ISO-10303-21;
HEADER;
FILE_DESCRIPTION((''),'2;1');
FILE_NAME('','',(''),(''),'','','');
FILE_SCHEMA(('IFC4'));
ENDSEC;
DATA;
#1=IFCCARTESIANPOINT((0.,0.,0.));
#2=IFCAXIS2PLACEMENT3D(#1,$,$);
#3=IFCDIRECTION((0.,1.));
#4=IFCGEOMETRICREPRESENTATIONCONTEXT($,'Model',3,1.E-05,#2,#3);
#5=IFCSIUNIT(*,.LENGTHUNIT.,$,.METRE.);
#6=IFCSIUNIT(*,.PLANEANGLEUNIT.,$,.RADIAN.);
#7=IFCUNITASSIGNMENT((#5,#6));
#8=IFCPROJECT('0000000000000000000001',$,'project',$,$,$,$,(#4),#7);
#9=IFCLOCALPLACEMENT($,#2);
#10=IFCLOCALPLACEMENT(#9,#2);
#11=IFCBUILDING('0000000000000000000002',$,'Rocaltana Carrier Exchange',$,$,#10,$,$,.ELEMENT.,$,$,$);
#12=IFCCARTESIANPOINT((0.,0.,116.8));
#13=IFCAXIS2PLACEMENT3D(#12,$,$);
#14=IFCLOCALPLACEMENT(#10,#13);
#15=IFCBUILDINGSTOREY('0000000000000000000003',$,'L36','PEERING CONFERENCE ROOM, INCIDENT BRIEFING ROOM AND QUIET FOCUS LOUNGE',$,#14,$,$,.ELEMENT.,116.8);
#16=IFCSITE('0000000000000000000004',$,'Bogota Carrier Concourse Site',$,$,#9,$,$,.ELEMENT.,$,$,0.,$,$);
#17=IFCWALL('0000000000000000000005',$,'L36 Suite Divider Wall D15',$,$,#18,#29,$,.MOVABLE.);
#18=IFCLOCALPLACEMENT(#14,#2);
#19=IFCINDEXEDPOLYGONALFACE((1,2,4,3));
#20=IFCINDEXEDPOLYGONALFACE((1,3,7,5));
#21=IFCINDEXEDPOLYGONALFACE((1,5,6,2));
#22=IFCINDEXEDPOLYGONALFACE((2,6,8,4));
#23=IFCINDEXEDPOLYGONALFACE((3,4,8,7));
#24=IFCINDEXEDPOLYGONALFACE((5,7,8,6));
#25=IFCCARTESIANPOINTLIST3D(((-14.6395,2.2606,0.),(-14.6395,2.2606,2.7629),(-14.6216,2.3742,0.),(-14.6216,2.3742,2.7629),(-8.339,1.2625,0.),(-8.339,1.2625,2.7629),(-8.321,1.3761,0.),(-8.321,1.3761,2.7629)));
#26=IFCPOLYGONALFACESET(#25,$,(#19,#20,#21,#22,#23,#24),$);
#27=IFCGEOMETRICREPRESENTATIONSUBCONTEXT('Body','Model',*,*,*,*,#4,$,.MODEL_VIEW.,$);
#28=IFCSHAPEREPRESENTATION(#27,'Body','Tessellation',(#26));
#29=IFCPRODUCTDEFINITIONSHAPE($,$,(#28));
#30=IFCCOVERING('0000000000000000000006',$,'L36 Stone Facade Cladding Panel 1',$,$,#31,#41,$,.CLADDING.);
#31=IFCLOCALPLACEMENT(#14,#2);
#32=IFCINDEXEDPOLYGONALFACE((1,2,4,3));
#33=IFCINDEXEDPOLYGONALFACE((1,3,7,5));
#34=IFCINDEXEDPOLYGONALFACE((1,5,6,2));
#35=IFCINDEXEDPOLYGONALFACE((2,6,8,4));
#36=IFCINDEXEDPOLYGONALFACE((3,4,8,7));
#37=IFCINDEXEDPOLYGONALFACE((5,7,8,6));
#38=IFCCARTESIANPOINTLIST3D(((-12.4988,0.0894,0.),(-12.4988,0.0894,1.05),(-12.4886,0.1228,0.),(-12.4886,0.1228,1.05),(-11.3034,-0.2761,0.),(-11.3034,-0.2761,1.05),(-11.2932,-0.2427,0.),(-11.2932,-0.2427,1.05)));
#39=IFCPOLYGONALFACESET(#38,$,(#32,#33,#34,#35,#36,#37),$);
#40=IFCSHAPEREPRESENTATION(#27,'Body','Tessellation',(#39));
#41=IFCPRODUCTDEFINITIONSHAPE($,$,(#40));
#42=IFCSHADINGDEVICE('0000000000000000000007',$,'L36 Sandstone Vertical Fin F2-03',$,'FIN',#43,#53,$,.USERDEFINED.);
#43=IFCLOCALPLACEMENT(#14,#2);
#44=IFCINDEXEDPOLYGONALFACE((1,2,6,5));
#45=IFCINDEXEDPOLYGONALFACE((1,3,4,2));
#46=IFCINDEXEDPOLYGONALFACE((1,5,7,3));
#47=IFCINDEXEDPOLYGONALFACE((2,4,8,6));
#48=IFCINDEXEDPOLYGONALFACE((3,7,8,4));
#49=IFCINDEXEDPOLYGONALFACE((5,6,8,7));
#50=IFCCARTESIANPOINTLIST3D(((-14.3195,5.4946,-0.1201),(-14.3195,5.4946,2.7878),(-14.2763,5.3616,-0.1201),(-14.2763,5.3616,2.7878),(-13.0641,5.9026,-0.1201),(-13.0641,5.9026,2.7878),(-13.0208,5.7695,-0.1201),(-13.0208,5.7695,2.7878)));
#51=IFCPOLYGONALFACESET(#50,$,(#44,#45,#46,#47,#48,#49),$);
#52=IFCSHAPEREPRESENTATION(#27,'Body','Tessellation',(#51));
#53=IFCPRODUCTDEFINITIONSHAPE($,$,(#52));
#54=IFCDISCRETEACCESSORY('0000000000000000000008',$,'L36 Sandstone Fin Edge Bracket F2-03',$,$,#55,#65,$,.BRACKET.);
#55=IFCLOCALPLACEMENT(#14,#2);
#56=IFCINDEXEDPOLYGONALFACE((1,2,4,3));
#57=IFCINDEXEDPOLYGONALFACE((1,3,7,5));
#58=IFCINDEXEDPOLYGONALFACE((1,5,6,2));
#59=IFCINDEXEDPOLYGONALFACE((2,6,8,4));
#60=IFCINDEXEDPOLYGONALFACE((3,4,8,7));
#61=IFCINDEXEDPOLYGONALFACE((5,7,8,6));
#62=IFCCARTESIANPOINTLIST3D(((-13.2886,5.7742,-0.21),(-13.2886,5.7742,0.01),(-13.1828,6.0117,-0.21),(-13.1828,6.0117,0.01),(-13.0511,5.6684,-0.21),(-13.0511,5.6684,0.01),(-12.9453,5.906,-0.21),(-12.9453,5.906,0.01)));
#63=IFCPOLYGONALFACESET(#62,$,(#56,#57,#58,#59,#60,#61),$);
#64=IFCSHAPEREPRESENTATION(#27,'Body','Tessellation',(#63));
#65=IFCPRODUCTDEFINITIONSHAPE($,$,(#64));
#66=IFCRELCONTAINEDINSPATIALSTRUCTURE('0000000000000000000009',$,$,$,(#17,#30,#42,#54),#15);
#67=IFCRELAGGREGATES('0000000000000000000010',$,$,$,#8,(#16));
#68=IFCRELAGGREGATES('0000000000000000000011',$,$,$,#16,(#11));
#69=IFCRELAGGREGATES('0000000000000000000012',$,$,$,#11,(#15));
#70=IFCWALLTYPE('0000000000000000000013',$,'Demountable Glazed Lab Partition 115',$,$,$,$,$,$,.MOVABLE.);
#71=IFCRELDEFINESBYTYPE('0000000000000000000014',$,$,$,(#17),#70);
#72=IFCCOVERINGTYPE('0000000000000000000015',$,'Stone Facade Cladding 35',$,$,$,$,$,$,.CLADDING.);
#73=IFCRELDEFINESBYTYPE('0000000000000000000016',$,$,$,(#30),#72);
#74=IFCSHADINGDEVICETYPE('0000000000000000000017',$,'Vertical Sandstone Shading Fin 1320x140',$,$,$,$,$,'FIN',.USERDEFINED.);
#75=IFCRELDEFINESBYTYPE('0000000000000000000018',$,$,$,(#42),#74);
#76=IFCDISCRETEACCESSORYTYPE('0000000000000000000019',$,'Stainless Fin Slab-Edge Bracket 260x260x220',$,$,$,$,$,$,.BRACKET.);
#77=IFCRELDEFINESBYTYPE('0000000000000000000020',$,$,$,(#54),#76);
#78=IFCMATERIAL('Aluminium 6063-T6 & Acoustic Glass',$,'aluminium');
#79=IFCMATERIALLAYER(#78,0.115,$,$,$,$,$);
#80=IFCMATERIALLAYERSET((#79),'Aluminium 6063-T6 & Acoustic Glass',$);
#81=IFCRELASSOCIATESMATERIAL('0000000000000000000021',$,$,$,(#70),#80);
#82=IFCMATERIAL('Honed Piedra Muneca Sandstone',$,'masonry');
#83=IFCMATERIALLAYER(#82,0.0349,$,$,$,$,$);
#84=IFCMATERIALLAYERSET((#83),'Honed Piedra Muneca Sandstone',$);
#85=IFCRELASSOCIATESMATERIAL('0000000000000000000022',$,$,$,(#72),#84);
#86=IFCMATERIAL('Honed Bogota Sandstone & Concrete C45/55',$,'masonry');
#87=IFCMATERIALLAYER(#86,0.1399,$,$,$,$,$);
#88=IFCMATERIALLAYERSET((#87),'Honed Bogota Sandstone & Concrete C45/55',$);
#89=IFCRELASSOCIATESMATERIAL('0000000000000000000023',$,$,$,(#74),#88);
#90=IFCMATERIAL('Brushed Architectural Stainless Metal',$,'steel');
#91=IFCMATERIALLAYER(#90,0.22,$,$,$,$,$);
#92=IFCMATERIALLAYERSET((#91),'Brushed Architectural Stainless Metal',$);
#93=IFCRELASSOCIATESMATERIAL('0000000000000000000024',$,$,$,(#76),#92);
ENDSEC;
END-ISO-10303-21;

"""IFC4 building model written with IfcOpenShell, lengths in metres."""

from ifc_helpers import new_model, si_unit, direction, frame, frame_2d, origin, origin_2d, place, context, subcontext, project, spatial, rectangle, extrude, material, layer, layer_set, type_object, element, save


model = new_model("IFC4")

# Units and contexts
model_context = context("Model", 3, precision=1e-05, world=origin(), true_north=direction((0.0, 1.0)))
body_context = subcontext(model_context, "Body", "Model", "MODEL_VIEW")
ifc_project = project(units=[si_unit("LENGTHUNIT", "METRE"), si_unit("PLANEANGLEUNIT", "RADIAN")], contexts=[model_context])

# Site, building, storey
site_placement = place(None, origin())
site = spatial("IfcSite", under=ifc_project, at=site_placement, Name="Bogota Carrier Concourse Site", CompositionType="ELEMENT", RefElevation=0.0)
building_placement = place(site_placement, origin())
building = spatial("IfcBuilding", under=site, at=building_placement, Name="Rocaltana Carrier Exchange", CompositionType="ELEMENT")
storey_placement = place(building_placement, frame((0.0, 0.0, 116.8)))
storey = spatial("IfcBuildingStorey", under=building, at=storey_placement, Name="L36", Description="PEERING CONFERENCE ROOM, INCIDENT BRIEFING ROOM AND QUIET FOCUS LOUNGE", CompositionType="ELEMENT", Elevation=116.8)

# Wall
ifc_material_1 = material(Name="Aluminium 6063-T6 & Acoustic Glass", Category="aluminium")
ifc_layer_1 = layer(ifc_material_1, 0.115)
ifc_layer_set_1 = layer_set([ifc_layer_1], Name="Aluminium 6063-T6 & Acoustic Glass")
wall_type_1 = type_object("IfcWallType", Name="Demountable Glazed Lab Partition 115", PredefinedType="MOVABLE", material=ifc_layer_set_1)
wall_1_placement = place(storey_placement, frame((-8.3301, 1.3193, 0.0), z_axis=(0.0, 0.0, 1.0), x_axis=(-0.987685, 0.156456, 0.0)))
element("IfcWall", 1, at=wall_1_placement, inside=storey, type_object=wall_type_1, Name="L36 Suite Divider Wall D15", PredefinedType="MOVABLE", context=body_context, shape_type="SweptSolid", body=[
    extrude(rectangle(XDim=6.3792, YDim=0.115, at=frame_2d((3.1895, 0.0))), origin(), (0.0, 0.0, 1.0), 2.7629),
])

# Covering
ifc_material_2 = material(Name="Honed Piedra Muneca Sandstone", Category="masonry")
ifc_layer_2 = layer(ifc_material_2, 0.0349)
ifc_layer_set_2 = layer_set([ifc_layer_2], Name="Honed Piedra Muneca Sandstone")
covering_type = type_object("IfcCoveringType", Name="Stone Facade Cladding 35", PredefinedType="CLADDING", material=ifc_layer_set_2)
covering_placement = place(storey_placement, frame((-11.896, -0.0767, 0.0), z_axis=(0.0, 0.0, 1.0), x_axis=(-0.956305, 0.292372, 0.0)))
element("IfcCovering", 2, at=covering_placement, inside=storey, type_object=covering_type, Name="L36 Stone Facade Cladding Panel 1", PredefinedType="CLADDING", context=body_context, shape_type="SweptSolid", body=[
    extrude(rectangle(XDim=1.25, YDim=0.0349, at=origin_2d()), origin(), (0.0, 0.0, 1.0), 1.05),
])

# Shading device
ifc_material_3 = material(Name="Honed Bogota Sandstone & Concrete C45/55", Category="masonry")
ifc_layer_3 = layer(ifc_material_3, 0.1399)
ifc_layer_set_3 = layer_set([ifc_layer_3], Name="Honed Bogota Sandstone & Concrete C45/55")
shading_device_type = type_object("IfcShadingDeviceType", Name="Vertical Sandstone Shading Fin 1320x140", ElementType="FIN", PredefinedType="USERDEFINED", material=ifc_layer_set_3)
shading_device_placement = place(storey_placement, frame((-13.6702, 5.6321, -0.1201), z_axis=(0.0, 0.0, 1.0), x_axis=(-0.951057, -0.309017, 0.0)))
element("IfcShadingDevice", 3, at=shading_device_placement, inside=storey, type_object=shading_device_type, Name="L36 Sandstone Vertical Fin F2-03", ObjectType="FIN", PredefinedType="USERDEFINED", context=body_context, shape_type="SweptSolid", body=[
    extrude(rectangle(XDim=1.3201, YDim=0.1399, at=origin_2d()), origin(), (0.0, 0.0, 1.0), 2.908),
])

# Discrete accessory
ifc_material_4 = material(Name="Brushed Architectural Stainless Metal", Category="steel")
ifc_layer_4 = layer(ifc_material_4, 0.22)
ifc_layer_set_4 = layer_set([ifc_layer_4], Name="Brushed Architectural Stainless Metal")
discrete_accessory_type = type_object("IfcDiscreteAccessoryType", Name="Stainless Fin Slab-Edge Bracket 260x260x220", PredefinedType="BRACKET", material=ifc_layer_set_4)
discrete_accessory_placement = place(storey_placement, frame((-13.1169, 5.8401, -0.21), z_axis=(0.0, 0.0, 1.0), x_axis=(-0.406737, -0.913545, 0.0)))
element("IfcDiscreteAccessory", 4, at=discrete_accessory_placement, inside=storey, type_object=discrete_accessory_type, Name="L36 Sandstone Fin Edge Bracket F2-03", PredefinedType="BRACKET", context=body_context, shape_type="SweptSolid", body=[
    extrude(rectangle(XDim=0.26, YDim=0.26, at=origin_2d()), origin(), (0.0, 0.0, 1.0), 0.22),
])

save(model, "model.ifc")
